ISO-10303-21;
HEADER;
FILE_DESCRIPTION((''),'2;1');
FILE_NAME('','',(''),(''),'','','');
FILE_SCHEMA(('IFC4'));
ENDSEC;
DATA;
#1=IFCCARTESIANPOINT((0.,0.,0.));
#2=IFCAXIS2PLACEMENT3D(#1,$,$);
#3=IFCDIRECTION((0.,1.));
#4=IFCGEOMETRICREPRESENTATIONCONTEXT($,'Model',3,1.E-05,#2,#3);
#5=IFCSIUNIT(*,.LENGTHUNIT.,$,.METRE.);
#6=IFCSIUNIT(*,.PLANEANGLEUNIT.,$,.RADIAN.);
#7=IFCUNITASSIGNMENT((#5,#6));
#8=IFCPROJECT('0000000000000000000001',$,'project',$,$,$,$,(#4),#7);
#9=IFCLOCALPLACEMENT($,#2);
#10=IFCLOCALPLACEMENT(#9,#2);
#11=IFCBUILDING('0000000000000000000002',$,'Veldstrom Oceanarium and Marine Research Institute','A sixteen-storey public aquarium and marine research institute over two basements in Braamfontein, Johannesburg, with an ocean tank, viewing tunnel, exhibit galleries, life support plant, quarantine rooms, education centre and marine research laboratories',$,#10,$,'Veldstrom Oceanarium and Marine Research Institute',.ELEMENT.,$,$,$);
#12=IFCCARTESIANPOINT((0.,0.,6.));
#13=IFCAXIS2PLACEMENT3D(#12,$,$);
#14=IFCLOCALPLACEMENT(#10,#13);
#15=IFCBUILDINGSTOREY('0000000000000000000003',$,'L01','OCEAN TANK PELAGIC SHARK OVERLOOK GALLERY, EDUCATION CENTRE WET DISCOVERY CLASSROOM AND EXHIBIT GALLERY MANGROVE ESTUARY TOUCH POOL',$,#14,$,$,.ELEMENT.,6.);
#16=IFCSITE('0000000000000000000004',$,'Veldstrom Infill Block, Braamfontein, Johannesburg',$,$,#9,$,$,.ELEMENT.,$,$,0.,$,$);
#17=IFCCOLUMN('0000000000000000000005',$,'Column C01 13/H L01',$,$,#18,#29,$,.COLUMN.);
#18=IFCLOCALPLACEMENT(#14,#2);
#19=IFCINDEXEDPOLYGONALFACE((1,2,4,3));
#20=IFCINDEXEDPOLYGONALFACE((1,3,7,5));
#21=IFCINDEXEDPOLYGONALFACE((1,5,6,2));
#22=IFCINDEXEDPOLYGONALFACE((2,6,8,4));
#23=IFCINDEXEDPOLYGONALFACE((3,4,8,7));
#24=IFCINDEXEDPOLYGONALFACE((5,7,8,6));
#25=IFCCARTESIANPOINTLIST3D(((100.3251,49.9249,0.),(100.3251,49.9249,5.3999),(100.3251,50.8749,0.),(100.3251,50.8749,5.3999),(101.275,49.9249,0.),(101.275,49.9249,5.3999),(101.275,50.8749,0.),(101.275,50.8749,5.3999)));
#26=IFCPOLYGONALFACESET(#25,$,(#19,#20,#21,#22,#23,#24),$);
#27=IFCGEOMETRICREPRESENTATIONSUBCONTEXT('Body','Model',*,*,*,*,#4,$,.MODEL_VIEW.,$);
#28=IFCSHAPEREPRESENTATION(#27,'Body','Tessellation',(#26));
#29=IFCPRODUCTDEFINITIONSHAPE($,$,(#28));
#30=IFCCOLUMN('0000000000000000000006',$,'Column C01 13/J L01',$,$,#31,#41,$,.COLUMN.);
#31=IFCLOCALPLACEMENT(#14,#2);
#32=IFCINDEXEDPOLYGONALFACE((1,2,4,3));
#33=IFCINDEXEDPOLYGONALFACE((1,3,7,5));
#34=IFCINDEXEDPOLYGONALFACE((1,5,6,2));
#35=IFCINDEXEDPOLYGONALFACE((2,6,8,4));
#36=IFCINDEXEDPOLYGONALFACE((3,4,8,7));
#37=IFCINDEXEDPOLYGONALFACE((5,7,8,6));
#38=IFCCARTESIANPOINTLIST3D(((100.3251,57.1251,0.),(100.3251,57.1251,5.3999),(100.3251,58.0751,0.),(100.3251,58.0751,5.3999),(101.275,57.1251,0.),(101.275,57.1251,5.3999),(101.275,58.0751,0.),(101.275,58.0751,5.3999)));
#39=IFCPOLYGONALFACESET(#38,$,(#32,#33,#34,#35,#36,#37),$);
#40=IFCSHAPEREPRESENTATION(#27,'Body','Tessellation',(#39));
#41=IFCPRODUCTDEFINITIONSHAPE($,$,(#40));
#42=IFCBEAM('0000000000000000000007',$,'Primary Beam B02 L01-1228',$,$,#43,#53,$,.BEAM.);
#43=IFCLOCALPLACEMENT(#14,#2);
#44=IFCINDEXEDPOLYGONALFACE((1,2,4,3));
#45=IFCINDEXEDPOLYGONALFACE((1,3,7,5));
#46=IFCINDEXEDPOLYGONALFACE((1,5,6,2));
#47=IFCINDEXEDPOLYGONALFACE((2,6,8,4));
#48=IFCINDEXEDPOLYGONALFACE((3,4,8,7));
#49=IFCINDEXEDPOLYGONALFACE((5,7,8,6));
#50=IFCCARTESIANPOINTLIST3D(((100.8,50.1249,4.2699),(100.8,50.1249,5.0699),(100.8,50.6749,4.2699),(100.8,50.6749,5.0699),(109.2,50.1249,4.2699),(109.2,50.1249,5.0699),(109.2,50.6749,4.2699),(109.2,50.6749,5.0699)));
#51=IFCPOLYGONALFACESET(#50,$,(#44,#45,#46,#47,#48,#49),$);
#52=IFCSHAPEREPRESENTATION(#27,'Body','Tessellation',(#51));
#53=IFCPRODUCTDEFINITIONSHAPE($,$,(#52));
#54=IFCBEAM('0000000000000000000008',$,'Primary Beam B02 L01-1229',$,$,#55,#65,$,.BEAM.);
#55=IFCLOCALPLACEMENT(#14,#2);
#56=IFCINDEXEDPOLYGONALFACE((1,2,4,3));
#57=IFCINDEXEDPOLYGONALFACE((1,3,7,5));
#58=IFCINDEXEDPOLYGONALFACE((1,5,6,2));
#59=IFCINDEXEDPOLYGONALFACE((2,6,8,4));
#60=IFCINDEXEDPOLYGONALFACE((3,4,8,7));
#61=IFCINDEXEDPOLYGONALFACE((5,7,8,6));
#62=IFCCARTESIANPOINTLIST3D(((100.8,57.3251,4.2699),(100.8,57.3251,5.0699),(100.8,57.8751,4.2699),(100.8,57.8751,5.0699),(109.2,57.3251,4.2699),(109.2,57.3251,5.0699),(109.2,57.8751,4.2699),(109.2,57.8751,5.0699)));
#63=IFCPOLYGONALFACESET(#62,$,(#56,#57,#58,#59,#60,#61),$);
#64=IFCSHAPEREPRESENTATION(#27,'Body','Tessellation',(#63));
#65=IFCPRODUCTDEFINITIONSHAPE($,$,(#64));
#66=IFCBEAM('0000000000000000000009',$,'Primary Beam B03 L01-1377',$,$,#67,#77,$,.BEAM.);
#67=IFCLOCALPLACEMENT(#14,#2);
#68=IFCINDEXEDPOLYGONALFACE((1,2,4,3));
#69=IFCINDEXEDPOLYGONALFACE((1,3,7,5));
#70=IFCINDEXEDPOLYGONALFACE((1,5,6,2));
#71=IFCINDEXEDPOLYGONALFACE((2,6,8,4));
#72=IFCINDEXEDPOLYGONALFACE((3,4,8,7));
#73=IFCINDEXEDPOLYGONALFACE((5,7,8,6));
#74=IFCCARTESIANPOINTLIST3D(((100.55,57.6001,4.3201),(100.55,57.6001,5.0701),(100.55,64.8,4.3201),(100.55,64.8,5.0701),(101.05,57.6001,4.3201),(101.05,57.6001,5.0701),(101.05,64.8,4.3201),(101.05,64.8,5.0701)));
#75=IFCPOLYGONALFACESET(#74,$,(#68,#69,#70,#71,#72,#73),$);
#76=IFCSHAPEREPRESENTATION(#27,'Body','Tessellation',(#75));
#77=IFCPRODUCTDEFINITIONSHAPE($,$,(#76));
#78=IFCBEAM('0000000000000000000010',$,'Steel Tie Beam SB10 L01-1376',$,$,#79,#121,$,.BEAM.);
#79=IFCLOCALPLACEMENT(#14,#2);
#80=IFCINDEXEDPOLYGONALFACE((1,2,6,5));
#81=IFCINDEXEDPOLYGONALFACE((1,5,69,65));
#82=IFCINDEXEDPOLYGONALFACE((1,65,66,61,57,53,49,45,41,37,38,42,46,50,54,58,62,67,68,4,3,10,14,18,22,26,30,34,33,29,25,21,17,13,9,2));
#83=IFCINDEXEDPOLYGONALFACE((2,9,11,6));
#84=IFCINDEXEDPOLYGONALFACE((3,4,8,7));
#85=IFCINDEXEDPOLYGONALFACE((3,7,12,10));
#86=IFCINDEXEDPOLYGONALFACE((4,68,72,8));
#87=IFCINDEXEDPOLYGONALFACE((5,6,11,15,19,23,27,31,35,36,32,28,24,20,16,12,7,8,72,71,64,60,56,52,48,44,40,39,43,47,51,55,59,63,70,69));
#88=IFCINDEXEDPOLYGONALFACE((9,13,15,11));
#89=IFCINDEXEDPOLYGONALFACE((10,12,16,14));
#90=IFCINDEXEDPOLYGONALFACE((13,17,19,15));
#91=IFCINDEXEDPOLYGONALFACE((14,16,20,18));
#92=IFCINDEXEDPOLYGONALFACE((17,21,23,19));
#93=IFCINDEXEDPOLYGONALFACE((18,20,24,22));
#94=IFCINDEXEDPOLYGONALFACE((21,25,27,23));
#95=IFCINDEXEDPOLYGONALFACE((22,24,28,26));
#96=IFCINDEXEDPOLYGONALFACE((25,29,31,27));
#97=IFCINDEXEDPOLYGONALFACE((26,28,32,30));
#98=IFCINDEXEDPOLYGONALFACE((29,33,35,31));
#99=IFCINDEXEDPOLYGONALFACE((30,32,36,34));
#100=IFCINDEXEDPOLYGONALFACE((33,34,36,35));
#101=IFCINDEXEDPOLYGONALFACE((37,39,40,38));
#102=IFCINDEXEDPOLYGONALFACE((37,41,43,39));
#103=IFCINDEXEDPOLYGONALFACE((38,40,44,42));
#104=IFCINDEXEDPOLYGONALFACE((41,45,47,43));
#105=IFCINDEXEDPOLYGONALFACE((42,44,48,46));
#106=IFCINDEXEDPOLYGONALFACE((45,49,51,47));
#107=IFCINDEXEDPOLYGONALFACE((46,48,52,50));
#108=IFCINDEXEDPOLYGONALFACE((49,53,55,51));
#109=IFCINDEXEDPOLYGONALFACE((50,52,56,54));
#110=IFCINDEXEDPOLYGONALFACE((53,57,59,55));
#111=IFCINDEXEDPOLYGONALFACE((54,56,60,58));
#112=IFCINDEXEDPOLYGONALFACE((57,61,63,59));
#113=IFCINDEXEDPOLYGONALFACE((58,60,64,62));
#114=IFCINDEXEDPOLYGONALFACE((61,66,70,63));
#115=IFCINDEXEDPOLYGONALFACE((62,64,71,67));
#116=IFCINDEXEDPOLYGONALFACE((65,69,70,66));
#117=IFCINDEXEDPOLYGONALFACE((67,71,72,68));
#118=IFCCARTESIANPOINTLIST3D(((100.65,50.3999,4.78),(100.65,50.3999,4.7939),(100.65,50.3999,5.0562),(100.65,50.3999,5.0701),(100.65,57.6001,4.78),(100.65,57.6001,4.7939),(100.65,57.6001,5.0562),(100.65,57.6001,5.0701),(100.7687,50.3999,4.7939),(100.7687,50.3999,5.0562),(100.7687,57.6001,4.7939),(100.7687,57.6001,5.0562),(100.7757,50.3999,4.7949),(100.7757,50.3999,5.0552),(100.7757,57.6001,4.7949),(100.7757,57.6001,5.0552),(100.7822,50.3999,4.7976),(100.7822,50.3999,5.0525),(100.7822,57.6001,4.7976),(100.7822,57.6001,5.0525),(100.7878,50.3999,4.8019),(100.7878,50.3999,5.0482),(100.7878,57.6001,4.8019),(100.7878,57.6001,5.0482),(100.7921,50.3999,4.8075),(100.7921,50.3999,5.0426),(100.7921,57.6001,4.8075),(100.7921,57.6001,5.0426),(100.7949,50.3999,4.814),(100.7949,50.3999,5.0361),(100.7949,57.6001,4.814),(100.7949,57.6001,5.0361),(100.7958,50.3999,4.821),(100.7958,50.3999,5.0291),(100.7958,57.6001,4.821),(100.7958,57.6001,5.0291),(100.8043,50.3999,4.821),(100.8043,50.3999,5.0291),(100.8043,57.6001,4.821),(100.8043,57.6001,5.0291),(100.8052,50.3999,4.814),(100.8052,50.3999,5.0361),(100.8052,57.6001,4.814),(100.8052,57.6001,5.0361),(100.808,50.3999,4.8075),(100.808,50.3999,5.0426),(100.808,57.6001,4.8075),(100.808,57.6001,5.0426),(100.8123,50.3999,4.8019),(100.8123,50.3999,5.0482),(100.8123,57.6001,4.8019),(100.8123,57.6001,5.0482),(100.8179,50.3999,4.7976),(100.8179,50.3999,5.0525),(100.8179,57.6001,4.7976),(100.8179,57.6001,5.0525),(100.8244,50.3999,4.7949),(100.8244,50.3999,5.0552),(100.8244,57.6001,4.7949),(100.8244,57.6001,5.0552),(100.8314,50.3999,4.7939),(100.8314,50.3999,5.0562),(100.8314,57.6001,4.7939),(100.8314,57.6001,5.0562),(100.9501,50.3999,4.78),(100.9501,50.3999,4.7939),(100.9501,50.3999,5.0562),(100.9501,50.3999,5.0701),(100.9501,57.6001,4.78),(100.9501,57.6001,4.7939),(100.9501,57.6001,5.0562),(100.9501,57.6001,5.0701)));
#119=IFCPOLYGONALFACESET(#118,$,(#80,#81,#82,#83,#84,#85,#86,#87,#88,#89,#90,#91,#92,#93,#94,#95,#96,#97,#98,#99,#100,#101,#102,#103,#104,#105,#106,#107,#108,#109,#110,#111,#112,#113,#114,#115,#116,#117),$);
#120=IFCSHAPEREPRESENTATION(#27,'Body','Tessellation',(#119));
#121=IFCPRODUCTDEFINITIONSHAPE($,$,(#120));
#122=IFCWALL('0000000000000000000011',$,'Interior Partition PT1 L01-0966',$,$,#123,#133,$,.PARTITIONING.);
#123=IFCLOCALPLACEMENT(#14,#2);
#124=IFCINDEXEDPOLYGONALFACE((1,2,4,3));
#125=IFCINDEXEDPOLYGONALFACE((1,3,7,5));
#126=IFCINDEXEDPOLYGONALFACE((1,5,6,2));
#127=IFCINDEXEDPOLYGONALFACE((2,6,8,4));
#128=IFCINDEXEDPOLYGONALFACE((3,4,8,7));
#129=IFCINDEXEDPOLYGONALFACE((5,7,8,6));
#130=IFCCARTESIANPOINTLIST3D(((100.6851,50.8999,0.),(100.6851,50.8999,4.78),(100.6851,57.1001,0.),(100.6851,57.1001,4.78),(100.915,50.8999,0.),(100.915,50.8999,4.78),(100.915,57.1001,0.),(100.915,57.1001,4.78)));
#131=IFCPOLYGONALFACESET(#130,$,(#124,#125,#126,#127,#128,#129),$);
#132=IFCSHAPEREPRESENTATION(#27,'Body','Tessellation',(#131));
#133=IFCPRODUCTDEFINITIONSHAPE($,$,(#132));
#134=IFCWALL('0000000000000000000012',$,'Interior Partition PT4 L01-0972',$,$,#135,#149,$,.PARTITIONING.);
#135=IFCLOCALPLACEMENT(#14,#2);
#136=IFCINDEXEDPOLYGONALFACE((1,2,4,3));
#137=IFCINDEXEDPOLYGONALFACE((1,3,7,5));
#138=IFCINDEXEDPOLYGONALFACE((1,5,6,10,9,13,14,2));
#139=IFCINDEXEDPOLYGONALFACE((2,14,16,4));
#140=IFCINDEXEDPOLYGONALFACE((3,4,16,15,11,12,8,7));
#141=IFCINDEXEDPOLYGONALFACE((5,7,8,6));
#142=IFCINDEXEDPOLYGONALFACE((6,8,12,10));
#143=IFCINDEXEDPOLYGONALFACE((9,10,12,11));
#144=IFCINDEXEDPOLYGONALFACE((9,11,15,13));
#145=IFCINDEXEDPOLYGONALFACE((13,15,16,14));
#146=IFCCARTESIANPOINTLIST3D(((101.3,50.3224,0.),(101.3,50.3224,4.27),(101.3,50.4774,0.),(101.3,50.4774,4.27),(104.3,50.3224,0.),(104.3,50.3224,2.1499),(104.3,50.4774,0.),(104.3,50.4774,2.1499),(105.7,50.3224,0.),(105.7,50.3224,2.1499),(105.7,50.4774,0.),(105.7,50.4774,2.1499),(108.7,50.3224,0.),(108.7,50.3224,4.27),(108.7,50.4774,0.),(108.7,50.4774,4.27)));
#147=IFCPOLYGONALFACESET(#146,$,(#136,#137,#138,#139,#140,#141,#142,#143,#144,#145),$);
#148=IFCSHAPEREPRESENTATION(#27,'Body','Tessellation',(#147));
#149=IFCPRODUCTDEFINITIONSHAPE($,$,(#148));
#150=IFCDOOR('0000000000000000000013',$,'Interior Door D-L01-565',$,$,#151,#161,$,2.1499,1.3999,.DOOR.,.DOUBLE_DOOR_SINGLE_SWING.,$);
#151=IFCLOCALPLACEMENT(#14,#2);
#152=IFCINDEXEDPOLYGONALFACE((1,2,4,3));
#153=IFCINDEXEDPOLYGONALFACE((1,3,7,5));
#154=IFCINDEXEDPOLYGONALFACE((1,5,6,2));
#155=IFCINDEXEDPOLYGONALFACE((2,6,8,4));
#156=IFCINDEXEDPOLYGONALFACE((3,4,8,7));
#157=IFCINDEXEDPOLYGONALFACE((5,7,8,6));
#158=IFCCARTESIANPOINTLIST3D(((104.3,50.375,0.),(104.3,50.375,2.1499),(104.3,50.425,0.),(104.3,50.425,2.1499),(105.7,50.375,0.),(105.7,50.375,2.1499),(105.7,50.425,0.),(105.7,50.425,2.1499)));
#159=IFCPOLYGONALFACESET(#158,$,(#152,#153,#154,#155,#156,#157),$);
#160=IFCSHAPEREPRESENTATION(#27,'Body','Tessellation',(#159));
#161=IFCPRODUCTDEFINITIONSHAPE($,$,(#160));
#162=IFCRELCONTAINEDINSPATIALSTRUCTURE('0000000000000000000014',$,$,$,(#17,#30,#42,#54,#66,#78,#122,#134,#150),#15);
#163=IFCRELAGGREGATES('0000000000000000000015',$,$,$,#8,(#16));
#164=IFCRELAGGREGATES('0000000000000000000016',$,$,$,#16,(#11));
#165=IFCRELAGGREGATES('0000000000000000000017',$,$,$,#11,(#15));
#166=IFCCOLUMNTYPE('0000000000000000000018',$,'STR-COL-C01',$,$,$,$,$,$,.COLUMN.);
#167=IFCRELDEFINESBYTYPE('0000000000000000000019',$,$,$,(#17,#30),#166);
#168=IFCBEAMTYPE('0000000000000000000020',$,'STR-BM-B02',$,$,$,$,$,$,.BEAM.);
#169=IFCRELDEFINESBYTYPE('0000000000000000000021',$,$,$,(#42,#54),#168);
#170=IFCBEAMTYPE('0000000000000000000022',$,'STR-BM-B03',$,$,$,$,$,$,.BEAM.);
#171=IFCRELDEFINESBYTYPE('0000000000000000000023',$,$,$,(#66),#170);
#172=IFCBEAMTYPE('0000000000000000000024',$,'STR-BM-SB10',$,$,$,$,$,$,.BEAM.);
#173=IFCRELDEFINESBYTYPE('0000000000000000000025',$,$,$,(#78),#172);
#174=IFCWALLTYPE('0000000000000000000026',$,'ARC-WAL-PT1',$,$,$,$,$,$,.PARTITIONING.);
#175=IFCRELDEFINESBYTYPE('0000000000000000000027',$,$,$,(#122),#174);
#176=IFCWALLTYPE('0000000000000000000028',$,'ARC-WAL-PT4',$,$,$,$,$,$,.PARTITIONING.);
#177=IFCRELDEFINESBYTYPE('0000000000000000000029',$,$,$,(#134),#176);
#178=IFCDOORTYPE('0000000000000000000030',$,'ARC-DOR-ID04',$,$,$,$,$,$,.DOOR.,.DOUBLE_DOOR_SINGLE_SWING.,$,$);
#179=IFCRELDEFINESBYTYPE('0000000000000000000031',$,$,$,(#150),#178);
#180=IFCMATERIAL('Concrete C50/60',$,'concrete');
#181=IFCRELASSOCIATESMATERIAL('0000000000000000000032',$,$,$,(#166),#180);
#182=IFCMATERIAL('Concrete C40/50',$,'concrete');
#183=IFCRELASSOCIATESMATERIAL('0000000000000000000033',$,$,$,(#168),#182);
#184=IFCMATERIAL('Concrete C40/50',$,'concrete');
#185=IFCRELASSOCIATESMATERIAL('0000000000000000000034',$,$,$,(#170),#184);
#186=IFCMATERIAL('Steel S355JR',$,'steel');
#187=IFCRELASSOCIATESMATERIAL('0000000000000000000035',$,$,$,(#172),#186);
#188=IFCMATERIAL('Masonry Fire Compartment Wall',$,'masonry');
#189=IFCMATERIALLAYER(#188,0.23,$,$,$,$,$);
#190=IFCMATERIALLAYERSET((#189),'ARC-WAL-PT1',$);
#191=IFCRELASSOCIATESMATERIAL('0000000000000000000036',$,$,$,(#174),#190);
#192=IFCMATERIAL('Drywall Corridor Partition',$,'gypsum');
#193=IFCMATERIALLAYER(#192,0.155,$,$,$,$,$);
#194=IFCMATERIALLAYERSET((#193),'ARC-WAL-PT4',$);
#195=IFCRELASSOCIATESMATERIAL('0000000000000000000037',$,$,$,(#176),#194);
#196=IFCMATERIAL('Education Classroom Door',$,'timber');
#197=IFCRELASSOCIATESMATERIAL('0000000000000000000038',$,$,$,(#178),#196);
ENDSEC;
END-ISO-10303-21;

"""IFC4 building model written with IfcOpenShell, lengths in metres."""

from ifc_helpers import new_model, si_unit, direction, frame, frame_2d, origin, origin_2d, place, context, subcontext, project, spatial, rectangle, i_section, extrude, material, layer, layer_set, material_profile, profile_set, type_object, element, fill, save


model = new_model("IFC4")

# Units and contexts
model_context = context("Model", 3, precision=1e-05, world=origin(), true_north=direction((0.0, 1.0)))
body_context = subcontext(model_context, "Body", "Model", "MODEL_VIEW")
ifc_project = project(units=[si_unit("LENGTHUNIT", "METRE"), si_unit("PLANEANGLEUNIT", "RADIAN")], contexts=[model_context])

# Site, building, storey
site_placement = place(None, origin())
site = spatial("IfcSite", under=ifc_project, at=site_placement, Name="Veldstrom Infill Block, Braamfontein, Johannesburg", CompositionType="ELEMENT", RefElevation=0.0)
building_placement = place(site_placement, origin())
building = spatial("IfcBuilding", under=site, at=building_placement, Name="Veldstrom Oceanarium and Marine Research Institute", Description="A sixteen-storey public aquarium and marine research institute over two basements in Braamfontein, Johannesburg, with an ocean tank, viewing tunnel, exhibit galleries, life support plant, quarantine rooms, education centre and marine research laboratories", LongName="Veldstrom Oceanarium and Marine Research Institute", CompositionType="ELEMENT")
storey_placement = place(building_placement, frame((0.0, 0.0, 6.0)))
storey = spatial("IfcBuildingStorey", under=building, at=storey_placement, Name="L01", Description="OCEAN TANK PELAGIC SHARK OVERLOOK GALLERY, EDUCATION CENTRE WET DISCOVERY CLASSROOM AND EXHIBIT GALLERY MANGROVE ESTUARY TOUCH POOL", CompositionType="ELEMENT", Elevation=6.0)

# Columns
ifc_material_1 = material(Name="Concrete C50/60", Category="concrete")
ifc_material_profile_1 = material_profile(ifc_material_1, rectangle(XDim=0.95, YDim=0.95, at=origin_2d()), Name="RC-COL-950x950")
ifc_profile_set_1 = profile_set([ifc_material_profile_1], Name="Concrete C50/60")
column_type = type_object("IfcColumnType", Name="STR-COL-C01", PredefinedType="COLUMN", material=ifc_profile_set_1)
for number, where, z_axis, x_axis, name in (
    (1, (100.8, 50.3999, 0.0), (0.0, 0.0, 1.0), (1.0, 0.0, 0.0), "Column C01 13/H L01"),
    (2, (100.8, 57.6001, 0.0), (0.0, 0.0, 1.0), (1.0, 0.0, 0.0), "Column C01 13/J L01"),
):
    element("IfcColumn", number, at=place(storey_placement, frame(where, z_axis=z_axis, x_axis=x_axis)), inside=storey, type_object=column_type, Name=name, PredefinedType="COLUMN", context=body_context, shape_type="SweptSolid", body=[
        extrude(rectangle(XDim=0.95, YDim=0.95, at=origin_2d()), origin(), (0.0, 0.0, 1.0), 5.3999),
    ])

# Beams
ifc_material_2 = material(Name="Concrete C40/50", Category="concrete")
ifc_material_profile_2 = material_profile(ifc_material_2, rectangle(XDim=0.55, YDim=0.8, at=origin_2d()), Name="RC-BM-550x800")
ifc_profile_set_2 = profile_set([ifc_material_profile_2], Name="Concrete C40/50")
beam_type_1 = type_object("IfcBeamType", Name="STR-BM-B02", PredefinedType="BEAM", material=ifc_profile_set_2)
for number, where, z_axis, x_axis, name in (
    (3, (100.8, 50.3999, 4.6699), (1.0, 0.0, 0.0), (0.0, 1.0, 0.0), "Primary Beam B02 L01-1228"),
    (4, (100.8, 57.6001, 4.6699), (1.0, 0.0, 0.0), (0.0, 1.0, 0.0), "Primary Beam B02 L01-1229"),
):
    element("IfcBeam", number, at=place(storey_placement, frame(where, z_axis=z_axis, x_axis=x_axis)), inside=storey, type_object=beam_type_1, Name=name, PredefinedType="BEAM", context=body_context, shape_type="SweptSolid", body=[
        extrude(rectangle(XDim=0.55, YDim=0.8, at=origin_2d()), origin(), (0.0, 0.0, 1.0), 8.3999),
    ])
ifc_material_3 = material(Name="Concrete C40/50", Category="concrete")
ifc_material_profile_3 = material_profile(ifc_material_3, rectangle(XDim=0.5, YDim=0.75, at=origin_2d()), Name="RC-BM-500x750")
ifc_profile_set_3 = profile_set([ifc_material_profile_3], Name="Concrete C40/50")
beam_type_2 = type_object("IfcBeamType", Name="STR-BM-B03", PredefinedType="BEAM", material=ifc_profile_set_3)
beam_1_placement = place(storey_placement, frame((100.8, 57.6001, 4.6951), z_axis=(0.0, 1.0, 0.0), x_axis=(-1.0, 0.0, 0.0)))
element("IfcBeam", 5, at=beam_1_placement, inside=storey, type_object=beam_type_2, Name="Primary Beam B03 L01-1377", PredefinedType="BEAM", context=body_context, shape_type="SweptSolid", body=[
    extrude(rectangle(XDim=0.5, YDim=0.75, at=origin_2d()), origin(), (0.0, 0.0, 1.0), 7.2),
])
ifc_material_4 = material(Name="Steel S355JR", Category="steel")
ifc_material_profile_4 = material_profile(ifc_material_4, i_section(OverallWidth=0.3, OverallDepth=0.29, WebThickness=0.0085, FlangeThickness=0.0139, FilletRadius=0.0271, at=origin_2d()), Name="HEA 300")
ifc_profile_set_4 = profile_set([ifc_material_profile_4], Name="Steel S355JR")
beam_type_3 = type_object("IfcBeamType", Name="STR-BM-SB10", PredefinedType="BEAM", material=ifc_profile_set_4)
beam_2_placement = place(storey_placement, frame((100.8, 50.3999, 4.925), z_axis=(0.0, 1.0, 0.0), x_axis=(-1.0, 0.0, 0.0)))
element("IfcBeam", 6, at=beam_2_placement, inside=storey, type_object=beam_type_3, Name="Steel Tie Beam SB10 L01-1376", PredefinedType="BEAM", context=body_context, shape_type="SweptSolid", body=[
    extrude(i_section(OverallWidth=0.3, OverallDepth=0.29, WebThickness=0.0085, FlangeThickness=0.0139, FilletRadius=0.0271, at=origin_2d()), origin(), (0.0, 0.0, 1.0), 7.2002),
])

# Wall
ifc_material_5 = material(Name="Masonry Fire Compartment Wall", Category="masonry")
ifc_layer_1 = layer(ifc_material_5, 0.23)
ifc_layer_set_1 = layer_set([ifc_layer_1], Name="ARC-WAL-PT1")
wall_type_1 = type_object("IfcWallType", Name="ARC-WAL-PT1", PredefinedType="PARTITIONING", material=ifc_layer_set_1)
wall_1_placement = place(storey_placement, frame((100.8, 50.8999, 0.0), z_axis=(0.0, 0.0, 1.0), x_axis=(0.0, 1.0, 0.0)))
element("IfcWall", 7, at=wall_1_placement, inside=storey, type_object=wall_type_1, Name="Interior Partition PT1 L01-0966", PredefinedType="PARTITIONING", context=body_context, shape_type="SweptSolid", body=[
    extrude(rectangle(XDim=6.2002, YDim=0.23, at=frame_2d((3.1001, 0.0))), origin(), (0.0, 0.0, 1.0), 4.78),
])

# Wall, opening, door
ifc_material_6 = material(Name="Drywall Corridor Partition", Category="gypsum")
ifc_layer_2 = layer(ifc_material_6, 0.155)
ifc_layer_set_2 = layer_set([ifc_layer_2], Name="ARC-WAL-PT4")
wall_type_2 = type_object("IfcWallType", Name="ARC-WAL-PT4", PredefinedType="PARTITIONING", material=ifc_layer_set_2)
wall_2_placement = place(storey_placement, frame((101.3, 50.3999, 0.0), z_axis=(0.0, 0.0, 1.0), x_axis=(1.0, 0.0, 0.0)))
wall_2 = element("IfcWall", 8, at=wall_2_placement, inside=storey, type_object=wall_type_2, Name="Interior Partition PT4 L01-0972", PredefinedType="PARTITIONING", context=body_context, shape_type="SweptSolid", body=[
    extrude(rectangle(XDim=7.3999, YDim=0.155, at=frame_2d((3.7, 0.0))), origin(), (0.0, 0.0, 1.0), 4.27),
])
opening_1_placement = place(wall_2_placement, frame((3.0, 0.0, 0.0)))
opening_1 = element("IfcOpeningElement", 9, at=opening_1_placement, cuts=wall_2, PredefinedType="OPENING", context=body_context, shape_type="SweptSolid", body=[
    extrude(rectangle(XDim=1.3999, YDim=2.1499, at=frame_2d((0.7, 1.075))), frame((0.0, 0.0874, 0.0), z_axis=(0.0, -1.0, 0.0), x_axis=(1.0, 0.0, 0.0)), (0.0, 0.0, 1.0), 0.175),
])
ifc_material_7 = material(Name="Education Classroom Door", Category="timber")
door_type_1 = type_object("IfcDoorType", Name="ARC-DOR-ID04", OperationType="DOUBLE_DOOR_SINGLE_SWING", PredefinedType="DOOR", material=ifc_material_7)
door_1_placement = place(opening_1_placement, frame((1.3999, 0.0, 0.0), z_axis=(0.0, 0.0, 1.0), x_axis=(-1.0, 0.0, 0.0)))
door_1 = element("IfcDoor", 10, at=door_1_placement, inside=storey, type_object=door_type_1, Name="Interior Door D-L01-565", OperationType="DOUBLE_DOOR_SINGLE_SWING", OverallHeight=2.1499, OverallWidth=1.3999, PredefinedType="DOOR", context=body_context, shape_type="SweptSolid", body=[
    extrude(rectangle(XDim=1.3999, YDim=2.1499, at=frame_2d((0.7, 1.075))), frame((0.0, 0.0249, 0.0), z_axis=(0.0, -1.0, 0.0), x_axis=(1.0, 0.0, 0.0)), (0.0, 0.0, 1.0), 0.05),
])
fill(opening_1, door_1)

save(model, "model.ifc")
